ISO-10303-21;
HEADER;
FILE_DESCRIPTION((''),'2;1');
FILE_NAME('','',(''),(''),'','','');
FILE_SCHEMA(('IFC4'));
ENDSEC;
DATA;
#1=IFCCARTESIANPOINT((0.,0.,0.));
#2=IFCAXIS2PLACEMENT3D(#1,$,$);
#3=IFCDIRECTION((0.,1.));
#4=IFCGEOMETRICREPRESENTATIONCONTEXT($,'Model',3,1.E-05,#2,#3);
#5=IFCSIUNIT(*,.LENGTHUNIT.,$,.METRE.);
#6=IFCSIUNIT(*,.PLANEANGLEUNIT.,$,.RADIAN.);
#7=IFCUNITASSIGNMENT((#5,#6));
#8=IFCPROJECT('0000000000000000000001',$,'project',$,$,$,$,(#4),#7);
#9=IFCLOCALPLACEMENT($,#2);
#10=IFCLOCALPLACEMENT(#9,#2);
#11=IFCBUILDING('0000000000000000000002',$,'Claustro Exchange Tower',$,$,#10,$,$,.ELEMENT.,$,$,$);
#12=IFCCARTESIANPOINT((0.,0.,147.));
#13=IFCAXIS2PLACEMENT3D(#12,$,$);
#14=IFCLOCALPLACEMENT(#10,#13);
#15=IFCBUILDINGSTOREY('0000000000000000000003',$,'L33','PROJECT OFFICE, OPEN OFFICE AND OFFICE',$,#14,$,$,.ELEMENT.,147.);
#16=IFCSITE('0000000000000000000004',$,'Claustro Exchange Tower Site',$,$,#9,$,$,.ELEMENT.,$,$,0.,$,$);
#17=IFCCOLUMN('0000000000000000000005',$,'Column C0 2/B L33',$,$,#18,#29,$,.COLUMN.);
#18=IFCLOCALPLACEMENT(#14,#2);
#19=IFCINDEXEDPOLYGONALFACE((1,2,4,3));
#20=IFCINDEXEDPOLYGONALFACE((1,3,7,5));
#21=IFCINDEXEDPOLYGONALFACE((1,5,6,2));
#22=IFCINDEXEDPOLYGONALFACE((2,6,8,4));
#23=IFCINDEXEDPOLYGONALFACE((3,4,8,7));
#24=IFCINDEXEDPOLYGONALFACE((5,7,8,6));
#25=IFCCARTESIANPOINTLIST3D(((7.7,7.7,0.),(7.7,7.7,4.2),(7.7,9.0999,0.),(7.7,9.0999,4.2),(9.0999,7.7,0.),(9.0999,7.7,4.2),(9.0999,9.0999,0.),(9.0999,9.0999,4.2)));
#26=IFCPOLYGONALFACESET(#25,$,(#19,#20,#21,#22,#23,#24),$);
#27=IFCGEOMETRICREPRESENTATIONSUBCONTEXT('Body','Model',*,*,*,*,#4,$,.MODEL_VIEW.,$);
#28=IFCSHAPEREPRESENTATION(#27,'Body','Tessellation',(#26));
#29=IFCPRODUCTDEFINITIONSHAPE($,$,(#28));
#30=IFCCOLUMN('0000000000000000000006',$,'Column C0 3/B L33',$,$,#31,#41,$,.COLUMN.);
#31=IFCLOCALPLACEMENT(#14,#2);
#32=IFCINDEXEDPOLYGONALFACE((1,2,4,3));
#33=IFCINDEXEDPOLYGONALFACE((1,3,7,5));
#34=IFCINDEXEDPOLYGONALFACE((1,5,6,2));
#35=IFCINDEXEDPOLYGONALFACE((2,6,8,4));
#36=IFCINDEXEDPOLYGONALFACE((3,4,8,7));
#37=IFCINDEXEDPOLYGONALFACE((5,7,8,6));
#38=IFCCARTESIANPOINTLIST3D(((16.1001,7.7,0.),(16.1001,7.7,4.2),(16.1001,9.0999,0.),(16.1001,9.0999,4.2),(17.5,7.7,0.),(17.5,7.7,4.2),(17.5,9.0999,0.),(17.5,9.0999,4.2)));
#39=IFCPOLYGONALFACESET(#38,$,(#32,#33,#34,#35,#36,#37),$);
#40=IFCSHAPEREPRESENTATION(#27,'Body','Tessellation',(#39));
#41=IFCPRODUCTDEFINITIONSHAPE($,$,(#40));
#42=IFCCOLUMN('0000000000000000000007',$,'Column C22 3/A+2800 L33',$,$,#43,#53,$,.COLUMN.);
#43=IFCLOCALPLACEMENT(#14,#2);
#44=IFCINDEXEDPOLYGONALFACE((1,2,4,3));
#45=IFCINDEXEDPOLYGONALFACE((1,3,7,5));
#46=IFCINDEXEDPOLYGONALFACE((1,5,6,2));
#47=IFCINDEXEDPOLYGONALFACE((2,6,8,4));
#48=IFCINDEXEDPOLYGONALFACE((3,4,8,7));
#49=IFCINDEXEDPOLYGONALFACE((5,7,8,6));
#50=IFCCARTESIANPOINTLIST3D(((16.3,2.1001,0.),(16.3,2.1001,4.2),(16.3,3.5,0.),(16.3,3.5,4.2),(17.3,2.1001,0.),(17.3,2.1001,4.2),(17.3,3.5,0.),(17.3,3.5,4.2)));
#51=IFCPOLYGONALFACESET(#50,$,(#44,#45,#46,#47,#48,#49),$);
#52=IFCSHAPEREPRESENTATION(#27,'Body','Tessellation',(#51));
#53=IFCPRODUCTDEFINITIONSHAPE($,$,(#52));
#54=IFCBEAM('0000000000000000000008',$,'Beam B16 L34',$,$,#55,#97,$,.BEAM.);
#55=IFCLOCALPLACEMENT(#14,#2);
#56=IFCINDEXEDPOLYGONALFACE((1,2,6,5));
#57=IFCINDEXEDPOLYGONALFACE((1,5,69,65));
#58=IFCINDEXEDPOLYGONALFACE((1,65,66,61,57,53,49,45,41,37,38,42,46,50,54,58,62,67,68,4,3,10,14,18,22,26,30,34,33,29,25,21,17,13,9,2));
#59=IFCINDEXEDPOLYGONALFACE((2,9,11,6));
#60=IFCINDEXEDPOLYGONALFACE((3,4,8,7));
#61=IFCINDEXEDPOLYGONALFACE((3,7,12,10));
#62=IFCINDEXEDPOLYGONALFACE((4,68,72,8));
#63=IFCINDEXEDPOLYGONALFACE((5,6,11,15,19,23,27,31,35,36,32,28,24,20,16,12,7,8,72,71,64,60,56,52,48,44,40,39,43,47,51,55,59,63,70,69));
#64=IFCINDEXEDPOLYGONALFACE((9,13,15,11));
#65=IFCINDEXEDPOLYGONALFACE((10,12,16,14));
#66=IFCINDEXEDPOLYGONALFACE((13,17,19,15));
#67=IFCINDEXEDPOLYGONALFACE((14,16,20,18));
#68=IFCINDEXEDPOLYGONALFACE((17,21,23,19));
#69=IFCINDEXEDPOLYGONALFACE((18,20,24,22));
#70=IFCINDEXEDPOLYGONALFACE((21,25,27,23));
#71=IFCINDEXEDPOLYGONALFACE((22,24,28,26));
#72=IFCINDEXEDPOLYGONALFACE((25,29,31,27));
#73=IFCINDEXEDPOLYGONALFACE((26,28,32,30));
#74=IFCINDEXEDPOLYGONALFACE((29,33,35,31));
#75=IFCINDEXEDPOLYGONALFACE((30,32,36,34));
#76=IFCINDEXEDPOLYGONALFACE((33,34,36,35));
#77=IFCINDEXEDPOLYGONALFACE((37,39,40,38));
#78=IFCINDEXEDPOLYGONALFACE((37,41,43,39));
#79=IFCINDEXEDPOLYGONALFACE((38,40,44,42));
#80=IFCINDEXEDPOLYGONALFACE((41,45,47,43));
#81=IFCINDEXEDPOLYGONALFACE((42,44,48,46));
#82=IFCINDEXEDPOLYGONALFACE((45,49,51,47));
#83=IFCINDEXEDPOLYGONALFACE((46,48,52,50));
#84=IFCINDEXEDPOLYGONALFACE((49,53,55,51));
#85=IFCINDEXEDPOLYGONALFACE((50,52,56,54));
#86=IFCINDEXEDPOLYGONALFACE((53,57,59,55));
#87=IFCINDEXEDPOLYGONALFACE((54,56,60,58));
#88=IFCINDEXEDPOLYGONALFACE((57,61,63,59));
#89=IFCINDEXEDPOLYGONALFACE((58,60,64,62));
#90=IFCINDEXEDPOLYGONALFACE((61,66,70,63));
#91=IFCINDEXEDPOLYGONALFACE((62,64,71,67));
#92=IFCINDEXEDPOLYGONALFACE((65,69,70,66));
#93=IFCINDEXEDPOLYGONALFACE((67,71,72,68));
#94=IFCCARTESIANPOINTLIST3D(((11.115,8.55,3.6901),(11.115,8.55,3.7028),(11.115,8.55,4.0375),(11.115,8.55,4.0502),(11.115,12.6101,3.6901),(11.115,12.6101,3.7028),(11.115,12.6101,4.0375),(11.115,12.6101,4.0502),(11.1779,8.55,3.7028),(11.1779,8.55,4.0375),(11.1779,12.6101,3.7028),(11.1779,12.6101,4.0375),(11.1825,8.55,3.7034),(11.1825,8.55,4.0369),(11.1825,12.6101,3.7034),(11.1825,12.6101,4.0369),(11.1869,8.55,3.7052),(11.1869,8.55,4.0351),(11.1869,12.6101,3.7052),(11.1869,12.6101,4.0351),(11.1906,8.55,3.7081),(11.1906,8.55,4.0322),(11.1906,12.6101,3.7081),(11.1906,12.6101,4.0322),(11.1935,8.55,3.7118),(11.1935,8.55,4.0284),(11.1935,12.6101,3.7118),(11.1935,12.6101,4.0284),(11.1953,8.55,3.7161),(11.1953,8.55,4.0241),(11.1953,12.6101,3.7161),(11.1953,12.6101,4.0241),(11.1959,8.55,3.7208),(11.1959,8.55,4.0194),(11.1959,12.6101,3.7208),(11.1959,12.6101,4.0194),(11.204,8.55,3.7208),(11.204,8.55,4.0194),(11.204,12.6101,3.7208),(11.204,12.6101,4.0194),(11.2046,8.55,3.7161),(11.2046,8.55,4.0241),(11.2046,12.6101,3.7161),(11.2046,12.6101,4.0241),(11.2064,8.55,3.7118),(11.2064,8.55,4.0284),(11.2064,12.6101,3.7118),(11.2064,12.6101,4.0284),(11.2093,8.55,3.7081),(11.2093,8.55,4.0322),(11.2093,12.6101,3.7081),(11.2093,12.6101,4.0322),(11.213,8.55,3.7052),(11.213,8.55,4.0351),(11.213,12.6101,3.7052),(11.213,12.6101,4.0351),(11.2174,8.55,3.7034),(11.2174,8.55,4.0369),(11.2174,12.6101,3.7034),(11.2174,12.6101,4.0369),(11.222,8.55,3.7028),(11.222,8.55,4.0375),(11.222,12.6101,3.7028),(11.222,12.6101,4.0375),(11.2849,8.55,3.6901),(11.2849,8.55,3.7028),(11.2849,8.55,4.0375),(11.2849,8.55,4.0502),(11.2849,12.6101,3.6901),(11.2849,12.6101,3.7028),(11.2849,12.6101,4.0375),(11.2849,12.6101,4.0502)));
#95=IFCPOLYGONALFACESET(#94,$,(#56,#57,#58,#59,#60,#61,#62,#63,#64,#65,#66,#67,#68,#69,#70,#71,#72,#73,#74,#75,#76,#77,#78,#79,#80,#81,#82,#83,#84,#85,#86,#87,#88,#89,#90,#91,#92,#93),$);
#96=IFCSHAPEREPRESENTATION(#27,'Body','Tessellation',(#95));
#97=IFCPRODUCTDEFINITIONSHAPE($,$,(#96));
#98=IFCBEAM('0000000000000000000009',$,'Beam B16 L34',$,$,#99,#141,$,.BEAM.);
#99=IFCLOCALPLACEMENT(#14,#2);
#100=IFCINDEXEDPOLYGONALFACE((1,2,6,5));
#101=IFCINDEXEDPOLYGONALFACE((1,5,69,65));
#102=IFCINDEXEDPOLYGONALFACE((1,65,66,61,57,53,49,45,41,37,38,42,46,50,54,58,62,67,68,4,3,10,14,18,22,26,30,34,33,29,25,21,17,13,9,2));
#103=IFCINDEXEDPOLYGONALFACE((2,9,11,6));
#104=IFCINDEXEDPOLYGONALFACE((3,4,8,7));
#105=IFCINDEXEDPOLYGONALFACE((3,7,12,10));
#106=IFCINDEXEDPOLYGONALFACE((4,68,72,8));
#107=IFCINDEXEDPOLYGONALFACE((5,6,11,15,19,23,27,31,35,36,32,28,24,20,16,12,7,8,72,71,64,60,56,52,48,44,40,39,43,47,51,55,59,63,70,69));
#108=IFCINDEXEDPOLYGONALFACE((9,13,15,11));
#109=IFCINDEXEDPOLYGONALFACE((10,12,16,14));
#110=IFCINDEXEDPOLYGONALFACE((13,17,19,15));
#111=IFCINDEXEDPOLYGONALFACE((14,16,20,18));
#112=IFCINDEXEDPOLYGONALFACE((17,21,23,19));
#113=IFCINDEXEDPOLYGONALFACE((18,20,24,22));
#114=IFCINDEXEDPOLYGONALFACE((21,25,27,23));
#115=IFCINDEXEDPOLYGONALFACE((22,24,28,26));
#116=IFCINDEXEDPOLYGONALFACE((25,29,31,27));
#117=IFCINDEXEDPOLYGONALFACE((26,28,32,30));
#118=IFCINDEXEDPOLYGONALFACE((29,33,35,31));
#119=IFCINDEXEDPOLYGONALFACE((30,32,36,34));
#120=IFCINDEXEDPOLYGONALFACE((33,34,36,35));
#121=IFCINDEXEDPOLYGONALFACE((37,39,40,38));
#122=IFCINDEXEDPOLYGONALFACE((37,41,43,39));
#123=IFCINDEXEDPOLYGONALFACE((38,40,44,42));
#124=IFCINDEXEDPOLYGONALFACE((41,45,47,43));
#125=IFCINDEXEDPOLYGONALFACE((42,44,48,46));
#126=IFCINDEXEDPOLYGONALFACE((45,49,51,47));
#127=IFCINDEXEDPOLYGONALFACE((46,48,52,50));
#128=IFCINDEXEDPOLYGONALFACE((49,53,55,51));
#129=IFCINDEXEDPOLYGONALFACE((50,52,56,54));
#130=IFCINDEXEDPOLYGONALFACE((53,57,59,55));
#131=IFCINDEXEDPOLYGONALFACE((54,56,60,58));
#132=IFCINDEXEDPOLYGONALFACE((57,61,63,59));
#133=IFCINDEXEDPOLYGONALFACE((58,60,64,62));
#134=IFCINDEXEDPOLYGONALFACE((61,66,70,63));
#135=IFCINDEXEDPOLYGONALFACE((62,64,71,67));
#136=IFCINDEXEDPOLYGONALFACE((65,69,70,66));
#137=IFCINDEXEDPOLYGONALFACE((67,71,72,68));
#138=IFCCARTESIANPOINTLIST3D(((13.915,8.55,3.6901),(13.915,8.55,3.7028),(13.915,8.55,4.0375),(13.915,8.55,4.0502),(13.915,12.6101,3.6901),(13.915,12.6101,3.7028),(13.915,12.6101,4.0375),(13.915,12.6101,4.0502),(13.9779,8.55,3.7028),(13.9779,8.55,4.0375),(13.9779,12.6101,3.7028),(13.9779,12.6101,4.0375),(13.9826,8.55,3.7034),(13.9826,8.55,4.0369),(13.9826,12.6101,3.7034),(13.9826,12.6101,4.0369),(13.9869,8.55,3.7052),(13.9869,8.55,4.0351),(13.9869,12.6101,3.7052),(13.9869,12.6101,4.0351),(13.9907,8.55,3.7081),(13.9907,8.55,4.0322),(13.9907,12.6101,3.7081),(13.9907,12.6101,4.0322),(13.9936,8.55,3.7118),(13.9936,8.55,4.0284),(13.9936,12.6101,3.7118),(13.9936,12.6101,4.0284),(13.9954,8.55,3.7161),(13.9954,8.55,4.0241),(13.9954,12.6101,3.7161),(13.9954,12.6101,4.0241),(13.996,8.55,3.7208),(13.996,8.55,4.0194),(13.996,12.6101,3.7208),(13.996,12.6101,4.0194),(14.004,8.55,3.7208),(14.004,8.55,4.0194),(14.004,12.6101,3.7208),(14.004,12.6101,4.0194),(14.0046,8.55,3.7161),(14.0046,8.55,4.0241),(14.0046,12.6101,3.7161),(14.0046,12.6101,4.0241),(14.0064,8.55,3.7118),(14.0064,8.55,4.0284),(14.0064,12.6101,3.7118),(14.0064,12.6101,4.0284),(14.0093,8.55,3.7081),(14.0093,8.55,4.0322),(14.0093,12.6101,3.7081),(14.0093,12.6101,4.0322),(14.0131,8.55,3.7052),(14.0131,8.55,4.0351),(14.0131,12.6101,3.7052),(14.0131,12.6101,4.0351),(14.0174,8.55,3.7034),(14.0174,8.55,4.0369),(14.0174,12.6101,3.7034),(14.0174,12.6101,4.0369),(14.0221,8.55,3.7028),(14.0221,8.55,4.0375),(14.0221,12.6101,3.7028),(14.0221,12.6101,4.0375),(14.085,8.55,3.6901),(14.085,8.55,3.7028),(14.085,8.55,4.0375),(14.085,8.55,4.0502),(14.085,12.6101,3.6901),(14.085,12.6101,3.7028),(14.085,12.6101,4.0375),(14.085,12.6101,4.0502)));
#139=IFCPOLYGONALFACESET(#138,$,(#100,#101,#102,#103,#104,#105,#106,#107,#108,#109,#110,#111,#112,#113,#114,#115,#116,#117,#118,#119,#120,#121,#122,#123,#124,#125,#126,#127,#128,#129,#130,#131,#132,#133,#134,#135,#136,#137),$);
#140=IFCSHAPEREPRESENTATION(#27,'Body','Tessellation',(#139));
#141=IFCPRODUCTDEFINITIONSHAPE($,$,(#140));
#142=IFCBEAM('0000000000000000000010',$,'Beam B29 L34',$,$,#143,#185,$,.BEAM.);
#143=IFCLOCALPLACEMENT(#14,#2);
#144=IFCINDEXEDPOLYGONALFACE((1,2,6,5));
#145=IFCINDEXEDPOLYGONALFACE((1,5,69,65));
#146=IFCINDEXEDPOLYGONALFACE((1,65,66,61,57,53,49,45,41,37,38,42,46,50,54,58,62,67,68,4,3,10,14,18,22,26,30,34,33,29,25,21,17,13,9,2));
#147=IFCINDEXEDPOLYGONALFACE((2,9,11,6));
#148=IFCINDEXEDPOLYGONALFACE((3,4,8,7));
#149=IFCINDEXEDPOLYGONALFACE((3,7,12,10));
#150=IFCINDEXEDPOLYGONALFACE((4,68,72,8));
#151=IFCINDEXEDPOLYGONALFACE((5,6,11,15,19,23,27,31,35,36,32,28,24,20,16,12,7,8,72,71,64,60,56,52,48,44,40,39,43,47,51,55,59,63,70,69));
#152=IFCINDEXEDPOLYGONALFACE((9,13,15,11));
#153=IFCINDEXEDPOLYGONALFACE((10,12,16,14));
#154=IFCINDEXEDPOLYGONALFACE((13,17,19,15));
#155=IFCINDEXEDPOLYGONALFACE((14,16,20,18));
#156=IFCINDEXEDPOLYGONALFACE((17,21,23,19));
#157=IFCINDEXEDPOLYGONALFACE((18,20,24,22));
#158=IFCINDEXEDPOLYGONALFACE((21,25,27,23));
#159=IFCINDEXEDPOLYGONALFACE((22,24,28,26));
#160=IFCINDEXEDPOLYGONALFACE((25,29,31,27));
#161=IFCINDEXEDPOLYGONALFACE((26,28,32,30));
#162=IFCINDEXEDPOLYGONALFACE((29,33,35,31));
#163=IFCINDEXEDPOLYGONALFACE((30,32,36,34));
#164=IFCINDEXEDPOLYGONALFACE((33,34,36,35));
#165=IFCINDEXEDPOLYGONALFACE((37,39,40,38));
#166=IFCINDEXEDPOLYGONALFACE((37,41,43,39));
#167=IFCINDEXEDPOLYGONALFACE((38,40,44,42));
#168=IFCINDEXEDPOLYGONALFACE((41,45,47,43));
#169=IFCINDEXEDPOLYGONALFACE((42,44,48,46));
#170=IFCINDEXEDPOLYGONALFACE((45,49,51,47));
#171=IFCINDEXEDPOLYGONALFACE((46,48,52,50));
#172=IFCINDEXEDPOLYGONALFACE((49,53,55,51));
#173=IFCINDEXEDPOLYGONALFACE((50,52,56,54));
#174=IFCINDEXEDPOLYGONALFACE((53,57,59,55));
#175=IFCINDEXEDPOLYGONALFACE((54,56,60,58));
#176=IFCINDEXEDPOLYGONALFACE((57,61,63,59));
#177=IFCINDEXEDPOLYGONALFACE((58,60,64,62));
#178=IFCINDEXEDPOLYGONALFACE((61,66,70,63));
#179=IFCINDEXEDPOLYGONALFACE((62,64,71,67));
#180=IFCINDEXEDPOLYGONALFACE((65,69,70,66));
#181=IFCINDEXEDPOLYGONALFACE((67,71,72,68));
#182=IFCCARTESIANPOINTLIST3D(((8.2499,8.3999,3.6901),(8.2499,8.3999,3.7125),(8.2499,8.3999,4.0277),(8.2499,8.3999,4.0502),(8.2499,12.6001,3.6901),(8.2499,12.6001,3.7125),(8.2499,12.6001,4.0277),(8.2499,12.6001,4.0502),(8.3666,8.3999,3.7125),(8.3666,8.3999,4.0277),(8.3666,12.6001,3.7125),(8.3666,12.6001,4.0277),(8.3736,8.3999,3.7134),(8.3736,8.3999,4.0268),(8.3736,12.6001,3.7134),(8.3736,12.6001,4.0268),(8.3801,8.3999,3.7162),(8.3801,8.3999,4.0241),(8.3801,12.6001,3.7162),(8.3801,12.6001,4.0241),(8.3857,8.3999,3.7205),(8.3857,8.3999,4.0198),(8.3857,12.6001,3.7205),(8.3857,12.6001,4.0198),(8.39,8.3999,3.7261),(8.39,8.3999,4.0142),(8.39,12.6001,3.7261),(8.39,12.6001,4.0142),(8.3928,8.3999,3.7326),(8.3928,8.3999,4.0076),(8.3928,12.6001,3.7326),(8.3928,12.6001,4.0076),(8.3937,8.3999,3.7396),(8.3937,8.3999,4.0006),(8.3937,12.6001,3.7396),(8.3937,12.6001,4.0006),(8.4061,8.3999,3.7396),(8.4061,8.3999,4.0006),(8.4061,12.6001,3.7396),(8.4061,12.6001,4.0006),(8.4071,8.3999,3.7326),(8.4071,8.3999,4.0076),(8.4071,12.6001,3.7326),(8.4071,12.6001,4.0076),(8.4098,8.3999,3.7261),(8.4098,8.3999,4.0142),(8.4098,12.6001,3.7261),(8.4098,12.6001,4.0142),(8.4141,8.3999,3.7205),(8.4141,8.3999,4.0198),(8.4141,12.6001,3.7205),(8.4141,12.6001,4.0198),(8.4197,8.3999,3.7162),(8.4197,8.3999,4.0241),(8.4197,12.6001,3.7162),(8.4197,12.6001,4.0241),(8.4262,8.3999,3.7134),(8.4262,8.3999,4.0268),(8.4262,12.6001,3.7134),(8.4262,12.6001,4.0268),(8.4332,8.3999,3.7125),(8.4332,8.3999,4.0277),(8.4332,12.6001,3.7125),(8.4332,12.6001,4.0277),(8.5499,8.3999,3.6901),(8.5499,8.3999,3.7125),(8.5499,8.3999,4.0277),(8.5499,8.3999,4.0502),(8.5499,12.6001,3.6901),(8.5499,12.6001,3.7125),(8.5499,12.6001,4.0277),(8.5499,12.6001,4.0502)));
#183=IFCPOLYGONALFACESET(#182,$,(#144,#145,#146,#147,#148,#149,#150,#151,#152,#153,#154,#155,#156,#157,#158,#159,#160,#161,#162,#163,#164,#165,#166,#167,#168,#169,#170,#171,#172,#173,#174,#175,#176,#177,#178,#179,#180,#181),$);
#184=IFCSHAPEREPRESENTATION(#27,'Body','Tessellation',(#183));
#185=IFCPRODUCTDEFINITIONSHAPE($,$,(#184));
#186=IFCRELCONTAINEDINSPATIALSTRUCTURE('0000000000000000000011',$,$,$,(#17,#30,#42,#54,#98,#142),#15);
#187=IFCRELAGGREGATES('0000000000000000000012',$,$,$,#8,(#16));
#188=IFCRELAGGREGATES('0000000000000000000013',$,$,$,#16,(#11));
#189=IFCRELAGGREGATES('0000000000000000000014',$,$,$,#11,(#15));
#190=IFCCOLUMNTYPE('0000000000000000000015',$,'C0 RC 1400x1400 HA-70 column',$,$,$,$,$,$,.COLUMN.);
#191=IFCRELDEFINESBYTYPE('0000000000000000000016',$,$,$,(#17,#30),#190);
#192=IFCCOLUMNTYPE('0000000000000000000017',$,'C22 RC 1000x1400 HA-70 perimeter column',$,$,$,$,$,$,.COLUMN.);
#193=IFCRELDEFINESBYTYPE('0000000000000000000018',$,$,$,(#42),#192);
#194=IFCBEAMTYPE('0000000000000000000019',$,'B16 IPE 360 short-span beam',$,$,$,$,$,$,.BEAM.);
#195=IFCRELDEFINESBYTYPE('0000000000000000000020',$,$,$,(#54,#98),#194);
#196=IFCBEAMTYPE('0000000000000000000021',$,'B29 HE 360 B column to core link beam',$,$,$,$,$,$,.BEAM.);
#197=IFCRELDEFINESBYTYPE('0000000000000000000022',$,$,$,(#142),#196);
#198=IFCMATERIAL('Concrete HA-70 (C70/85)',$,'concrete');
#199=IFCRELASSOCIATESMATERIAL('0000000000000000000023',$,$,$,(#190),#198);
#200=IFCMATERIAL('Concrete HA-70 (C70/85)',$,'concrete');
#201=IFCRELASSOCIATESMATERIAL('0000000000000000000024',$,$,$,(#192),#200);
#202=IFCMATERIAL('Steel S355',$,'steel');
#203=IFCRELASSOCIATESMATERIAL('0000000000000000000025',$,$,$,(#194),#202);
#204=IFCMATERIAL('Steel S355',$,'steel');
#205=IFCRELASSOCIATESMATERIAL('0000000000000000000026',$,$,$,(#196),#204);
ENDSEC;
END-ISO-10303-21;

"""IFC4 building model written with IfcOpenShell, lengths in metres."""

from ifc_helpers import new_model, si_unit, direction, frame, origin, origin_2d, place, context, subcontext, project, spatial, rectangle, i_section, extrude, material, material_profile, profile_set, type_object, element, save


model = new_model("IFC4")

# Units and contexts
model_context = context("Model", 3, precision=1e-05, world=origin(), true_north=direction((0.0, 1.0)))
body_context = subcontext(model_context, "Body", "Model", "MODEL_VIEW")
ifc_project = project(units=[si_unit("LENGTHUNIT", "METRE"), si_unit("PLANEANGLEUNIT", "RADIAN")], contexts=[model_context])

# Site, building, storey
site_placement = place(None, origin())
site = spatial("IfcSite", under=ifc_project, at=site_placement, Name="Claustro Exchange Tower Site", CompositionType="ELEMENT", RefElevation=0.0)
building_placement = place(site_placement, origin())
building = spatial("IfcBuilding", under=site, at=building_placement, Name="Claustro Exchange Tower", CompositionType="ELEMENT")
storey_placement = place(building_placement, frame((0.0, 0.0, 147.0)))
storey = spatial("IfcBuildingStorey", under=building, at=storey_placement, Name="L33", Description="PROJECT OFFICE, OPEN OFFICE AND OFFICE", CompositionType="ELEMENT", Elevation=147.0)

# Columns
ifc_material_1 = material(Name="Concrete HA-70 (C70/85)", Category="concrete")
ifc_material_profile_1 = material_profile(ifc_material_1, rectangle(XDim=1.3999, YDim=1.3999, at=origin_2d()), Name="RC 1400x1400")
ifc_profile_set_1 = profile_set([ifc_material_profile_1], Name="Concrete HA-70 (C70/85)")
column_type_1 = type_object("IfcColumnType", Name="C0 RC 1400x1400 HA-70 column", PredefinedType="COLUMN", material=ifc_profile_set_1)
for number, where, z_axis, x_axis, name in (
    (1, (8.3999, 8.3999, 0.0), (0.0, 0.0, 1.0), (1.0, 0.0, 0.0), "Column C0 2/B L33"),
    (2, (16.8, 8.3999, 0.0), (0.0, 0.0, 1.0), (1.0, 0.0, 0.0), "Column C0 3/B L33"),
):
    element("IfcColumn", number, at=place(storey_placement, frame(where, z_axis=z_axis, x_axis=x_axis)), inside=storey, type_object=column_type_1, Name=name, PredefinedType="COLUMN", context=body_context, shape_type="SweptSolid", body=[
        extrude(rectangle(XDim=1.3999, YDim=1.3999, at=origin_2d()), origin(), (0.0, 0.0, 1.0), 4.2),
    ])
ifc_material_2 = material(Name="Concrete HA-70 (C70/85)", Category="concrete")
ifc_material_profile_2 = material_profile(ifc_material_2, rectangle(XDim=1.0, YDim=1.3999, at=origin_2d()), Name="RC 1000x1400")
ifc_profile_set_2 = profile_set([ifc_material_profile_2], Name="Concrete HA-70 (C70/85)")
column_type_2 = type_object("IfcColumnType", Name="C22 RC 1000x1400 HA-70 perimeter column", PredefinedType="COLUMN", material=ifc_profile_set_2)
column_placement = place(storey_placement, frame((16.8, 2.8, 0.0), z_axis=(0.0, 0.0, 1.0), x_axis=(1.0, 0.0, 0.0)))
element("IfcColumn", 3, at=column_placement, inside=storey, type_object=column_type_2, Name="Column C22 3/A+2800 L33", PredefinedType="COLUMN", context=body_context, shape_type="SweptSolid", body=[
    extrude(rectangle(XDim=1.0, YDim=1.3999, at=origin_2d()), origin(), (0.0, 0.0, 1.0), 4.2),
])

# Beams
ifc_material_3 = material(Name="Steel S355", Category="steel")
ifc_material_profile_3 = material_profile(ifc_material_3, i_section(OverallWidth=0.1699, OverallDepth=0.3601, WebThickness=0.0081, FlangeThickness=0.0127, FilletRadius=0.0181, at=origin_2d()), Name="IPE 360")
ifc_profile_set_3 = profile_set([ifc_material_profile_3], Name="Steel S355")
beam_type_1 = type_object("IfcBeamType", Name="B16 IPE 360 short-span beam", PredefinedType="BEAM", material=ifc_profile_set_3)
for number, where, z_axis, x_axis, name in (
    (4, (11.2, 8.55, 3.8701), (0.0, 1.0, 0.0), (-1.0, 0.0, 0.0), "Beam B16 L34"),
    (5, (14.0, 8.55, 3.8701), (0.0, 1.0, 0.0), (-1.0, 0.0, 0.0), "Beam B16 L34"),
):
    element("IfcBeam", number, at=place(storey_placement, frame(where, z_axis=z_axis, x_axis=x_axis)), inside=storey, type_object=beam_type_1, Name=name, PredefinedType="BEAM", context=body_context, shape_type="SweptSolid", body=[
        extrude(i_section(OverallWidth=0.1699, OverallDepth=0.3601, WebThickness=0.0081, FlangeThickness=0.0127, FilletRadius=0.0181, at=origin_2d()), origin(), (0.0, 0.0, 1.0), 4.0601),
    ])
ifc_material_4 = material(Name="Steel S355", Category="steel")
ifc_material_profile_4 = material_profile(ifc_material_4, i_section(OverallWidth=0.3, OverallDepth=0.3601, WebThickness=0.0125, FlangeThickness=0.0225, FilletRadius=0.0271, at=origin_2d()), Name="HE 360 B")
ifc_profile_set_4 = profile_set([ifc_material_profile_4], Name="Steel S355")
beam_type_2 = type_object("IfcBeamType", Name="B29 HE 360 B column to core link beam", PredefinedType="BEAM", material=ifc_profile_set_4)
for number, where, z_axis, x_axis, name in (
    (6, (8.3999, 8.3999, 3.8701), (0.0, 1.0, 0.0), (-1.0, 0.0, 0.0), "Beam B29 L34"),
):
    element("IfcBeam", number, at=place(storey_placement, frame(where, z_axis=z_axis, x_axis=x_axis)), inside=storey, type_object=beam_type_2, Name=name, PredefinedType="BEAM", context=body_context, shape_type="SweptSolid", body=[
        extrude(i_section(OverallWidth=0.3, OverallDepth=0.3601, WebThickness=0.0125, FlangeThickness=0.0225, FilletRadius=0.0271, at=origin_2d()), origin(), (0.0, 0.0, 1.0), 4.2002),
    ])

save(model, "model.ifc")
